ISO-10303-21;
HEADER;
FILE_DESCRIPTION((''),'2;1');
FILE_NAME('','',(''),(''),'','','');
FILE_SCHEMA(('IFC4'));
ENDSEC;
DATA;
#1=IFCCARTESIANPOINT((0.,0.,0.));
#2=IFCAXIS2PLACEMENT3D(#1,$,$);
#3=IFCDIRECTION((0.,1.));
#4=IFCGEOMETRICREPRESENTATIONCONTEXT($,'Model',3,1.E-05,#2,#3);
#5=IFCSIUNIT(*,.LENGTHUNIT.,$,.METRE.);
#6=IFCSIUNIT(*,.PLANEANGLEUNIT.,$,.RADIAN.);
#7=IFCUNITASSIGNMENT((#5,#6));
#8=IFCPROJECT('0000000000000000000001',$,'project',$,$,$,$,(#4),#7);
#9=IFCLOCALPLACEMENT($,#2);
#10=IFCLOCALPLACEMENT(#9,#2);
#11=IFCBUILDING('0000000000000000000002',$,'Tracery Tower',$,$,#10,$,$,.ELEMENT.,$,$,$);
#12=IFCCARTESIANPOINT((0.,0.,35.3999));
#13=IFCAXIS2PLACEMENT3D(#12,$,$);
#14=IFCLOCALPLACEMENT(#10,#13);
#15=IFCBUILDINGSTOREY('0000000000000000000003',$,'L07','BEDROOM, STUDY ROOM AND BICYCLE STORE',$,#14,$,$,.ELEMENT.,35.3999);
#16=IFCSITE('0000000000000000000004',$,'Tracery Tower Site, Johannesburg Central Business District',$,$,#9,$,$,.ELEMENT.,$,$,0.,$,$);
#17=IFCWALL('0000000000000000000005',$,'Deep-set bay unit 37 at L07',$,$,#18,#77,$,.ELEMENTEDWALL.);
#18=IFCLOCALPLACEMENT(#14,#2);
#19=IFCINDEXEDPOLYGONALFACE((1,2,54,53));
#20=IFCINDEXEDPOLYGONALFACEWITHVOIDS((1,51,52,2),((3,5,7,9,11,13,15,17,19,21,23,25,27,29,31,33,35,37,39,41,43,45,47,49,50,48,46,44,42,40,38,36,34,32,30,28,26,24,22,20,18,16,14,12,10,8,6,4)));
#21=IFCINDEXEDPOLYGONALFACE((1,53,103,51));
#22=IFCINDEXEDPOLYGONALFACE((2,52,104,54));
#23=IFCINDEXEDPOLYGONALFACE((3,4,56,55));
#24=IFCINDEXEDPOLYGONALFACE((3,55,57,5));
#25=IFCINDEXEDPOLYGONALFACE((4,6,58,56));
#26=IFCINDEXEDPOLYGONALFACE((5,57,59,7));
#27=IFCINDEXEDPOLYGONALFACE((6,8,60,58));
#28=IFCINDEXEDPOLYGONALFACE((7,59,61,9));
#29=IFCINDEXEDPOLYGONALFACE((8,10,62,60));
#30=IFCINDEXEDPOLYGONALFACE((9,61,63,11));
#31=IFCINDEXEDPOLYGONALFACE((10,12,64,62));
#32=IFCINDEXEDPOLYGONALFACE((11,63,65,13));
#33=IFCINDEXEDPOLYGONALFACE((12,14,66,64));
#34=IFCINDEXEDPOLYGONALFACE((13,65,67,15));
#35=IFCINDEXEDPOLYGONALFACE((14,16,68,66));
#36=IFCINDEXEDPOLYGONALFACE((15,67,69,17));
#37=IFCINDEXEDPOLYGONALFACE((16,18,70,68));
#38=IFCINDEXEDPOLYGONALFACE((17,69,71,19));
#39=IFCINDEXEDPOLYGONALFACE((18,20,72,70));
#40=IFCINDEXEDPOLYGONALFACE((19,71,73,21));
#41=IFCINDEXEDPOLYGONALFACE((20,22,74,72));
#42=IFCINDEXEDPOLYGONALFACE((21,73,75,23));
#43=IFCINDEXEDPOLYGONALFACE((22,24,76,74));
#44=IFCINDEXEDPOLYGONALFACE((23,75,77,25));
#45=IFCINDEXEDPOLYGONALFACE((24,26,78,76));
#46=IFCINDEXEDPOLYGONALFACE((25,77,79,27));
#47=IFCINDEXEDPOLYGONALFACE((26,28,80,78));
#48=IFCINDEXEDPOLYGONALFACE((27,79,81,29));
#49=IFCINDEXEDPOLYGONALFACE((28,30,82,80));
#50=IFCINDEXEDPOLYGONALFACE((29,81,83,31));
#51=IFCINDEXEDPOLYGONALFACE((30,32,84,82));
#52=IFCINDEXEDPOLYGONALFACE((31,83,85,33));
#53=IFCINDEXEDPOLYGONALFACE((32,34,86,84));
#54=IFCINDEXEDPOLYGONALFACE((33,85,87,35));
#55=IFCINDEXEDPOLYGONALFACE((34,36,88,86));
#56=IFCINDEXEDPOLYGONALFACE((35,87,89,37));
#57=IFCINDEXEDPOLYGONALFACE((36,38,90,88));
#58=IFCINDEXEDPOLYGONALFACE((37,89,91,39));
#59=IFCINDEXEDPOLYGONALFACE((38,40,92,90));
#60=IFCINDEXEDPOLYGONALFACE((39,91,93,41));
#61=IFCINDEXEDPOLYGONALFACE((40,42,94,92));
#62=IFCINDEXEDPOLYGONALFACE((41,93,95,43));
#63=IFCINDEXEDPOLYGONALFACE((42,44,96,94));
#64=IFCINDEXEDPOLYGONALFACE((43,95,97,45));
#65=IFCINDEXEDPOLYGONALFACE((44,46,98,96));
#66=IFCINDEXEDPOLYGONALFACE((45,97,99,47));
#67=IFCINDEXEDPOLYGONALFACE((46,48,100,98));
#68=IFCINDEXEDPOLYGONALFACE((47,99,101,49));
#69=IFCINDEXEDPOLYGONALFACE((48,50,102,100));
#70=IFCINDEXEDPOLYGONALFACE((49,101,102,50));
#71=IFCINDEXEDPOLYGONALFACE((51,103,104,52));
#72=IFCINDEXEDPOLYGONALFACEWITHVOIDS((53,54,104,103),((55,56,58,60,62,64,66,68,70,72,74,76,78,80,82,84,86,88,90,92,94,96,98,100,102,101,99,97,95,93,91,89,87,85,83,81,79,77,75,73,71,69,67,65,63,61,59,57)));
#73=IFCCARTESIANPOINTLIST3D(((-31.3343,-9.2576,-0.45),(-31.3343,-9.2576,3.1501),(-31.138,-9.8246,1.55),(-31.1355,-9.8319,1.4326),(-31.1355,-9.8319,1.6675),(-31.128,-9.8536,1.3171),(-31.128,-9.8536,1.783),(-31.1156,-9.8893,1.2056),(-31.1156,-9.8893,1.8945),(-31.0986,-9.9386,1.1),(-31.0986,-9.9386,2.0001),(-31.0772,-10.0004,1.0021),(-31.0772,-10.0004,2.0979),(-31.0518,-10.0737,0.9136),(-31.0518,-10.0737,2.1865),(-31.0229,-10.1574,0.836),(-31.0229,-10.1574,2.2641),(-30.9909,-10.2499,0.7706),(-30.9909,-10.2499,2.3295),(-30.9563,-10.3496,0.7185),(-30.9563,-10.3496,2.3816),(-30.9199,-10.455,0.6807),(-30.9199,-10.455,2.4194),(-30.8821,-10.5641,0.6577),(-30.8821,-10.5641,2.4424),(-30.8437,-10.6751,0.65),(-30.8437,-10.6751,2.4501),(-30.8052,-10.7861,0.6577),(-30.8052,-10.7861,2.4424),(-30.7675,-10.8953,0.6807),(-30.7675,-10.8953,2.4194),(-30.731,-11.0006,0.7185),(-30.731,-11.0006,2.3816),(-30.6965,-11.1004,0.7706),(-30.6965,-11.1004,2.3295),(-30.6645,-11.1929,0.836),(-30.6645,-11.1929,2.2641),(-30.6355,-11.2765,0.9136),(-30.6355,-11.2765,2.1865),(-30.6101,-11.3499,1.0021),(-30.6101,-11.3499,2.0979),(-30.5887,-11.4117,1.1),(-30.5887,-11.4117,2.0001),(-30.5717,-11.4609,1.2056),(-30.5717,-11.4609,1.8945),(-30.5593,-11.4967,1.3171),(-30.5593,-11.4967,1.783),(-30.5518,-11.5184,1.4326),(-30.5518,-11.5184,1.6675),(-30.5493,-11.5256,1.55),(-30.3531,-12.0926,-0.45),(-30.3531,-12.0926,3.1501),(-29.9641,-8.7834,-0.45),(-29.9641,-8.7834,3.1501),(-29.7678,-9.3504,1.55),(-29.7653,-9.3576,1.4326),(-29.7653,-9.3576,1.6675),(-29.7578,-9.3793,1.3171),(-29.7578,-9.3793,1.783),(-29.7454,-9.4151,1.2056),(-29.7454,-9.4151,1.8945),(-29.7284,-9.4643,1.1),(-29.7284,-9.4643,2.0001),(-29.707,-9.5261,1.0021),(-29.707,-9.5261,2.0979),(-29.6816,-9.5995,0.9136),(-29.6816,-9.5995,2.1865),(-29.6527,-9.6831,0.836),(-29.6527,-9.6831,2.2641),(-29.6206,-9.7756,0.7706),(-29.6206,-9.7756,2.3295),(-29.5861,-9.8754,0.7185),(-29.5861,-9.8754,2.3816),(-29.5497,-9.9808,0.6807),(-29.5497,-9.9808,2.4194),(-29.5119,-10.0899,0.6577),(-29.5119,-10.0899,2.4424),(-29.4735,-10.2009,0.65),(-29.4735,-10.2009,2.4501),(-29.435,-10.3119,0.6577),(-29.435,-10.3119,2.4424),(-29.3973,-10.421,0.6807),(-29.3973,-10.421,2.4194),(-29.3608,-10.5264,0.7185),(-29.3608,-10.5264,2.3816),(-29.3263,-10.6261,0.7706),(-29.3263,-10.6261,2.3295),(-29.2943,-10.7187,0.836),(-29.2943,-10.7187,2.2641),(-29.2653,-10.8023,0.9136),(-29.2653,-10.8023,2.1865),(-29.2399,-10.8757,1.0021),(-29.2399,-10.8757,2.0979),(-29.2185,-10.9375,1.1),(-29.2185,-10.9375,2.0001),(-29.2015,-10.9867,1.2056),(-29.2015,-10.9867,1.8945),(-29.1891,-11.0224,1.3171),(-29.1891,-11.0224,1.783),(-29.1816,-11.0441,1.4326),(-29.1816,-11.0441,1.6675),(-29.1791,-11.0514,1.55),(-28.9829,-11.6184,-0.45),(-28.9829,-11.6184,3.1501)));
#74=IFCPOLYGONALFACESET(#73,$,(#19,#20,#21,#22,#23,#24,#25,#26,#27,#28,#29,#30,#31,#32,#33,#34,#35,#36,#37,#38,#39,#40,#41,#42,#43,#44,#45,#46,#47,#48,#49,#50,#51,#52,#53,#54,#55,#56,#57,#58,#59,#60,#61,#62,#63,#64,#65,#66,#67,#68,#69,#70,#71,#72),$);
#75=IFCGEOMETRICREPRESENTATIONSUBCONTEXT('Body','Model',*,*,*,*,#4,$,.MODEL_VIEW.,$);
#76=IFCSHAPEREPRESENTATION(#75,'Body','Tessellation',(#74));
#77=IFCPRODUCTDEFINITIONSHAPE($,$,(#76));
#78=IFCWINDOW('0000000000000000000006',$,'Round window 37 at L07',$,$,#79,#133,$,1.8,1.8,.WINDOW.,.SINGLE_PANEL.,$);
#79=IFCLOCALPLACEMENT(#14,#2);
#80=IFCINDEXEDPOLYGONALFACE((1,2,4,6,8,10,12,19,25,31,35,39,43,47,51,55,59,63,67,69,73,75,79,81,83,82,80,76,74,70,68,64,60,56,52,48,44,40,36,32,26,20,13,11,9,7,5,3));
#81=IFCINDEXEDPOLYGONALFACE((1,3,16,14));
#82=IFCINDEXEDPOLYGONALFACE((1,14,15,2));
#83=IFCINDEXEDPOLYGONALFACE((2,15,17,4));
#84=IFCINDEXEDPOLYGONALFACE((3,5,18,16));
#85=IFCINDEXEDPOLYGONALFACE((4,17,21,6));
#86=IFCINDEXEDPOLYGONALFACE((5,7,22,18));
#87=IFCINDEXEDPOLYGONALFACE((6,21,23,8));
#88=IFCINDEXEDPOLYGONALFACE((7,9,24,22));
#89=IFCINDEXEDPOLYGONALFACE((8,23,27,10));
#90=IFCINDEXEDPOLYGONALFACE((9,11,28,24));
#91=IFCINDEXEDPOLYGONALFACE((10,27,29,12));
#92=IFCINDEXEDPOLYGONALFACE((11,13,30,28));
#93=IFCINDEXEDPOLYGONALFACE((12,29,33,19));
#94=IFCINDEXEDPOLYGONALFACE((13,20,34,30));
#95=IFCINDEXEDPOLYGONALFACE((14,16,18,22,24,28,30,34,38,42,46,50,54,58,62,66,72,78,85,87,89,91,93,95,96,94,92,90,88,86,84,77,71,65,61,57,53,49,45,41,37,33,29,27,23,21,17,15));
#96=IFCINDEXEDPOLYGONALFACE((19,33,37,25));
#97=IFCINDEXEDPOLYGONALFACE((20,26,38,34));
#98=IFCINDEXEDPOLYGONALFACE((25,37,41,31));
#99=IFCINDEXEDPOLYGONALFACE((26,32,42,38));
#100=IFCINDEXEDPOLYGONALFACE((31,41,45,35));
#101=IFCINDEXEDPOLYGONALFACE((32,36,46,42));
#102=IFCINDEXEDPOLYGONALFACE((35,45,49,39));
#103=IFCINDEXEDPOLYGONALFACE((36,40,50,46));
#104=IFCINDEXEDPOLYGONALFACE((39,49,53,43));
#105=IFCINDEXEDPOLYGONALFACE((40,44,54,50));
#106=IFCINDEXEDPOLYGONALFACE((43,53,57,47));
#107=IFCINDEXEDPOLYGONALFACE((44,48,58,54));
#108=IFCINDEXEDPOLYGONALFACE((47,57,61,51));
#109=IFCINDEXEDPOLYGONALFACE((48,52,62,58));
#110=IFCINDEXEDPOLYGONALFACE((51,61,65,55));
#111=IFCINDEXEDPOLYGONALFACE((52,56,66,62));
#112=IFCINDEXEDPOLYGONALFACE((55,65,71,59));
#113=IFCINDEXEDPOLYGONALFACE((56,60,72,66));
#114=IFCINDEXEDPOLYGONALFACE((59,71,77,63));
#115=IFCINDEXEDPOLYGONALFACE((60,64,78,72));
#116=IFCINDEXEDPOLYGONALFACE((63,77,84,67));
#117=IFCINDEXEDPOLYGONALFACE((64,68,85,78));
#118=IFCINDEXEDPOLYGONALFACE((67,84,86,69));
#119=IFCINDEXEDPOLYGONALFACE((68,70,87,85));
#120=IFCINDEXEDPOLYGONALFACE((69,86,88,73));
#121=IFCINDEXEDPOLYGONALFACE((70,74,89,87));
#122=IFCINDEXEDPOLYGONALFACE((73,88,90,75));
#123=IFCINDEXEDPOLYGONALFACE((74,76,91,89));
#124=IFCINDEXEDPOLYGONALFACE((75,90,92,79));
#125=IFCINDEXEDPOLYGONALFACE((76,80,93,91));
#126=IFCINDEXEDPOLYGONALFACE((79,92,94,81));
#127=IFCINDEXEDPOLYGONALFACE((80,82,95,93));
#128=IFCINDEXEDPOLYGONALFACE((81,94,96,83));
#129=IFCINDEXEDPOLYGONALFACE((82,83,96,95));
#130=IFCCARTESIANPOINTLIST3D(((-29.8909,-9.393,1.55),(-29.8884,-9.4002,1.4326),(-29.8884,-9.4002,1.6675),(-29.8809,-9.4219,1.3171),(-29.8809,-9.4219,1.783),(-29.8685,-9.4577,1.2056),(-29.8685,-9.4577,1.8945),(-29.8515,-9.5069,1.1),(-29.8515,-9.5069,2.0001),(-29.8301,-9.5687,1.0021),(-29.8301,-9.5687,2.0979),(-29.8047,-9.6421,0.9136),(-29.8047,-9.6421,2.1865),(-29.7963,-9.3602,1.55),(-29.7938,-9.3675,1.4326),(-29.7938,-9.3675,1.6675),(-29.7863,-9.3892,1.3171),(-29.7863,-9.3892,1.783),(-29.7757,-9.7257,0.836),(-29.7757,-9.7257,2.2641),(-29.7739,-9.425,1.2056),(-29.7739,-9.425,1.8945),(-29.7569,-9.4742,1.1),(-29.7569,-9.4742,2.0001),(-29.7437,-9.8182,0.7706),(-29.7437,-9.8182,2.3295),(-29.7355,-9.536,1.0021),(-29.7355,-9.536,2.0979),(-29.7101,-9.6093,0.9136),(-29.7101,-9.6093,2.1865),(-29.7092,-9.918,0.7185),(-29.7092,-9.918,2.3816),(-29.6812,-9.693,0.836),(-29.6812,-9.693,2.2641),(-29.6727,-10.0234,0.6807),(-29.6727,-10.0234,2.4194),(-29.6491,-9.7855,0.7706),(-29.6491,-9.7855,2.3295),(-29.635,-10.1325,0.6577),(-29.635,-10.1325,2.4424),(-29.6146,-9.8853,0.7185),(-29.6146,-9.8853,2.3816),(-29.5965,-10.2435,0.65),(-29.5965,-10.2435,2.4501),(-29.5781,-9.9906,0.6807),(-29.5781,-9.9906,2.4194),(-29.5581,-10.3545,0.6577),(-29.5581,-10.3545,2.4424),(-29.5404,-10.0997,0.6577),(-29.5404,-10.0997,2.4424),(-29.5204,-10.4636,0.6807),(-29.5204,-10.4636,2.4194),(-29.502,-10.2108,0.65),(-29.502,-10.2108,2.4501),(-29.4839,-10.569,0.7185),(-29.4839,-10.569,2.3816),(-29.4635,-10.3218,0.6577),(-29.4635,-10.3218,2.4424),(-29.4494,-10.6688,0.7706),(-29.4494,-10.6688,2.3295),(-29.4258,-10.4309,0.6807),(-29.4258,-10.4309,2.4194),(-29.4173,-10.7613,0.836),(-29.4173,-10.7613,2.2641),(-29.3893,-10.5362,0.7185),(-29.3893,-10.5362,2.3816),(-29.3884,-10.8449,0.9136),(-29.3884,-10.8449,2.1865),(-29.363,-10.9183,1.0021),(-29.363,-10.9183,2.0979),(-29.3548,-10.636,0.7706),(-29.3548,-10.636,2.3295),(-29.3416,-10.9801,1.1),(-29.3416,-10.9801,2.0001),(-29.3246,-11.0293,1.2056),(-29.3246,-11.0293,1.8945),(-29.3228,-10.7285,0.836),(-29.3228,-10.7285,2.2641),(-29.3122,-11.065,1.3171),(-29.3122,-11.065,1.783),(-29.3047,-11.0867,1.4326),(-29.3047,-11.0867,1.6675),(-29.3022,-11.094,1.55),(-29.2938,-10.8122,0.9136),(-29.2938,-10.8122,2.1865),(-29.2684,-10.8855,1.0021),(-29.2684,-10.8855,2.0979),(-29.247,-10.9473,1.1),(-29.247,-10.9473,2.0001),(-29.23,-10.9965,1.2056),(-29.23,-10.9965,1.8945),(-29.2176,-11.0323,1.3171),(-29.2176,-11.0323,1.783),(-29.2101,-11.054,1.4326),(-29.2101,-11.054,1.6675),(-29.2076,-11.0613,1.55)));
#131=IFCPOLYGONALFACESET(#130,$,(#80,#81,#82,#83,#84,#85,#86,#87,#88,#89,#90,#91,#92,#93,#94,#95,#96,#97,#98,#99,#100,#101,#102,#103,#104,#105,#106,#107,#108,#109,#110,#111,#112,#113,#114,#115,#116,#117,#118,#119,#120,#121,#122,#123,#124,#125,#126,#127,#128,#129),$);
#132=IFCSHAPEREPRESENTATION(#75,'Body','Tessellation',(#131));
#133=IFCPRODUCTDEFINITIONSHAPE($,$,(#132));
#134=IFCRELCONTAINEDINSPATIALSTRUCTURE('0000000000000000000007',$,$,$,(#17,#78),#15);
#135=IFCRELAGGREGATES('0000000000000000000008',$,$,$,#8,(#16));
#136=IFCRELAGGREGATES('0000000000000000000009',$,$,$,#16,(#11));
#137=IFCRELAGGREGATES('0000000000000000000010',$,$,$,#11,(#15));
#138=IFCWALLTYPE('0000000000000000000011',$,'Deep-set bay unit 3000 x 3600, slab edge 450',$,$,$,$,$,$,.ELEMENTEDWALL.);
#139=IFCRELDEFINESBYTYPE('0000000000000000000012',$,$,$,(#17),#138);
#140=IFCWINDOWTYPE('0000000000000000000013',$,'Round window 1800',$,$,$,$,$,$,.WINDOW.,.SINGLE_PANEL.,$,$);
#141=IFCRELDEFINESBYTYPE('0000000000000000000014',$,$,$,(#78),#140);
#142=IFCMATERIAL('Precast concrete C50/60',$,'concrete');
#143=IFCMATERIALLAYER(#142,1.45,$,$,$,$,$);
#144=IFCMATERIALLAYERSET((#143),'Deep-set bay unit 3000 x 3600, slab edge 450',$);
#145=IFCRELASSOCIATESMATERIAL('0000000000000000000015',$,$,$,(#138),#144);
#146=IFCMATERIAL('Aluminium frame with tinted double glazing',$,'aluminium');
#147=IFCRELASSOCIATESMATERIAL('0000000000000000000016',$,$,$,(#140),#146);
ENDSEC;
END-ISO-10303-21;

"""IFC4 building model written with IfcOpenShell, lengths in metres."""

from ifc_helpers import new_model, si_unit, direction, frame, frame_2d, origin, origin_2d, place, context, subcontext, project, spatial, rectangle, circle, extrude, material, layer, layer_set, type_object, element, fill, save


model = new_model("IFC4")

# Units and contexts
model_context = context("Model", 3, precision=1e-05, world=origin(), true_north=direction((0.0, 1.0)))
body_context = subcontext(model_context, "Body", "Model", "MODEL_VIEW")
ifc_project = project(units=[si_unit("LENGTHUNIT", "METRE"), si_unit("PLANEANGLEUNIT", "RADIAN")], contexts=[model_context])

# Site, building, storey
site_placement = place(None, origin())
site = spatial("IfcSite", under=ifc_project, at=site_placement, Name="Tracery Tower Site, Johannesburg Central Business District", CompositionType="ELEMENT", RefElevation=0.0)
building_placement = place(site_placement, origin())
building = spatial("IfcBuilding", under=site, at=building_placement, Name="Tracery Tower", CompositionType="ELEMENT")
storey_placement = place(building_placement, frame((0.0, 0.0, 35.3999)))
storey = spatial("IfcBuildingStorey", under=building, at=storey_placement, Name="L07", Description="BEDROOM, STUDY ROOM AND BICYCLE STORE", CompositionType="ELEMENT", Elevation=35.3999)

# Wall, opening, window
ifc_material_1 = material(Name="Precast concrete C50/60", Category="concrete")
ifc_layer_1 = layer(ifc_material_1, 1.45)
ifc_layer_set_1 = layer_set([ifc_layer_1], Name="Deep-set bay unit 3000 x 3600, slab edge 450")
wall_type_1 = type_object("IfcWallType", Name="Deep-set bay unit 3000 x 3600, slab edge 450", PredefinedType="ELEMENTEDWALL", material=ifc_layer_set_1)
wall_1_placement = place(storey_placement, frame((-30.6492, -9.0205, -0.45), z_axis=(0.0, 0.0, 1.0), x_axis=(0.327071, -0.945, 0.0)))
wall_1 = element("IfcWall", 1, at=wall_1_placement, inside=storey, type_object=wall_type_1, Name="Deep-set bay unit 37 at L07", PredefinedType="ELEMENTEDWALL", context=body_context, shape_type="SweptSolid", body=[
    extrude(rectangle(XDim=3.0, YDim=1.45, at=frame_2d((1.5, 0.0))), origin(), (0.0, 0.0, 1.0), 3.6001),
])
opening_1_placement = place(wall_1_placement, frame((1.5, 0.0, 2.0)))
opening_1 = element("IfcOpeningElement", 2, at=opening_1_placement, cuts=wall_1, PredefinedType="OPENING", context=body_context, shape_type="SweptSolid", body=[
    extrude(circle(Radius=0.9, at=origin_2d()), frame((0.0, 0.7349, 0.0), z_axis=(0.0, -1.0, 0.0), x_axis=(1.0, 0.0, 0.0)), (0.0, 0.0, 1.0), 1.47),
])
ifc_material_2 = material(Name="Aluminium frame with tinted double glazing", Category="aluminium")
window_type = type_object("IfcWindowType", Name="Round window 1800", PartitioningType="SINGLE_PANEL", PredefinedType="WINDOW", material=ifc_material_2)
window_1_placement = place(opening_1_placement, origin())
window_1 = element("IfcWindow", 3, at=window_1_placement, inside=storey, type_object=window_type, Name="Round window 37 at L07", OverallHeight=1.8, OverallWidth=1.8, PartitioningType="SINGLE_PANEL", PredefinedType="WINDOW", context=body_context, shape_type="SweptSolid", body=[
    extrude(circle(Radius=0.9, at=origin_2d()), frame((0.0, 0.6948, 0.0), z_axis=(0.0, -1.0, 0.0), x_axis=(1.0, 0.0, 0.0)), (0.0, 0.0, 1.0), 0.1001),
])
fill(opening_1, window_1)

save(model, "model.ifc")
